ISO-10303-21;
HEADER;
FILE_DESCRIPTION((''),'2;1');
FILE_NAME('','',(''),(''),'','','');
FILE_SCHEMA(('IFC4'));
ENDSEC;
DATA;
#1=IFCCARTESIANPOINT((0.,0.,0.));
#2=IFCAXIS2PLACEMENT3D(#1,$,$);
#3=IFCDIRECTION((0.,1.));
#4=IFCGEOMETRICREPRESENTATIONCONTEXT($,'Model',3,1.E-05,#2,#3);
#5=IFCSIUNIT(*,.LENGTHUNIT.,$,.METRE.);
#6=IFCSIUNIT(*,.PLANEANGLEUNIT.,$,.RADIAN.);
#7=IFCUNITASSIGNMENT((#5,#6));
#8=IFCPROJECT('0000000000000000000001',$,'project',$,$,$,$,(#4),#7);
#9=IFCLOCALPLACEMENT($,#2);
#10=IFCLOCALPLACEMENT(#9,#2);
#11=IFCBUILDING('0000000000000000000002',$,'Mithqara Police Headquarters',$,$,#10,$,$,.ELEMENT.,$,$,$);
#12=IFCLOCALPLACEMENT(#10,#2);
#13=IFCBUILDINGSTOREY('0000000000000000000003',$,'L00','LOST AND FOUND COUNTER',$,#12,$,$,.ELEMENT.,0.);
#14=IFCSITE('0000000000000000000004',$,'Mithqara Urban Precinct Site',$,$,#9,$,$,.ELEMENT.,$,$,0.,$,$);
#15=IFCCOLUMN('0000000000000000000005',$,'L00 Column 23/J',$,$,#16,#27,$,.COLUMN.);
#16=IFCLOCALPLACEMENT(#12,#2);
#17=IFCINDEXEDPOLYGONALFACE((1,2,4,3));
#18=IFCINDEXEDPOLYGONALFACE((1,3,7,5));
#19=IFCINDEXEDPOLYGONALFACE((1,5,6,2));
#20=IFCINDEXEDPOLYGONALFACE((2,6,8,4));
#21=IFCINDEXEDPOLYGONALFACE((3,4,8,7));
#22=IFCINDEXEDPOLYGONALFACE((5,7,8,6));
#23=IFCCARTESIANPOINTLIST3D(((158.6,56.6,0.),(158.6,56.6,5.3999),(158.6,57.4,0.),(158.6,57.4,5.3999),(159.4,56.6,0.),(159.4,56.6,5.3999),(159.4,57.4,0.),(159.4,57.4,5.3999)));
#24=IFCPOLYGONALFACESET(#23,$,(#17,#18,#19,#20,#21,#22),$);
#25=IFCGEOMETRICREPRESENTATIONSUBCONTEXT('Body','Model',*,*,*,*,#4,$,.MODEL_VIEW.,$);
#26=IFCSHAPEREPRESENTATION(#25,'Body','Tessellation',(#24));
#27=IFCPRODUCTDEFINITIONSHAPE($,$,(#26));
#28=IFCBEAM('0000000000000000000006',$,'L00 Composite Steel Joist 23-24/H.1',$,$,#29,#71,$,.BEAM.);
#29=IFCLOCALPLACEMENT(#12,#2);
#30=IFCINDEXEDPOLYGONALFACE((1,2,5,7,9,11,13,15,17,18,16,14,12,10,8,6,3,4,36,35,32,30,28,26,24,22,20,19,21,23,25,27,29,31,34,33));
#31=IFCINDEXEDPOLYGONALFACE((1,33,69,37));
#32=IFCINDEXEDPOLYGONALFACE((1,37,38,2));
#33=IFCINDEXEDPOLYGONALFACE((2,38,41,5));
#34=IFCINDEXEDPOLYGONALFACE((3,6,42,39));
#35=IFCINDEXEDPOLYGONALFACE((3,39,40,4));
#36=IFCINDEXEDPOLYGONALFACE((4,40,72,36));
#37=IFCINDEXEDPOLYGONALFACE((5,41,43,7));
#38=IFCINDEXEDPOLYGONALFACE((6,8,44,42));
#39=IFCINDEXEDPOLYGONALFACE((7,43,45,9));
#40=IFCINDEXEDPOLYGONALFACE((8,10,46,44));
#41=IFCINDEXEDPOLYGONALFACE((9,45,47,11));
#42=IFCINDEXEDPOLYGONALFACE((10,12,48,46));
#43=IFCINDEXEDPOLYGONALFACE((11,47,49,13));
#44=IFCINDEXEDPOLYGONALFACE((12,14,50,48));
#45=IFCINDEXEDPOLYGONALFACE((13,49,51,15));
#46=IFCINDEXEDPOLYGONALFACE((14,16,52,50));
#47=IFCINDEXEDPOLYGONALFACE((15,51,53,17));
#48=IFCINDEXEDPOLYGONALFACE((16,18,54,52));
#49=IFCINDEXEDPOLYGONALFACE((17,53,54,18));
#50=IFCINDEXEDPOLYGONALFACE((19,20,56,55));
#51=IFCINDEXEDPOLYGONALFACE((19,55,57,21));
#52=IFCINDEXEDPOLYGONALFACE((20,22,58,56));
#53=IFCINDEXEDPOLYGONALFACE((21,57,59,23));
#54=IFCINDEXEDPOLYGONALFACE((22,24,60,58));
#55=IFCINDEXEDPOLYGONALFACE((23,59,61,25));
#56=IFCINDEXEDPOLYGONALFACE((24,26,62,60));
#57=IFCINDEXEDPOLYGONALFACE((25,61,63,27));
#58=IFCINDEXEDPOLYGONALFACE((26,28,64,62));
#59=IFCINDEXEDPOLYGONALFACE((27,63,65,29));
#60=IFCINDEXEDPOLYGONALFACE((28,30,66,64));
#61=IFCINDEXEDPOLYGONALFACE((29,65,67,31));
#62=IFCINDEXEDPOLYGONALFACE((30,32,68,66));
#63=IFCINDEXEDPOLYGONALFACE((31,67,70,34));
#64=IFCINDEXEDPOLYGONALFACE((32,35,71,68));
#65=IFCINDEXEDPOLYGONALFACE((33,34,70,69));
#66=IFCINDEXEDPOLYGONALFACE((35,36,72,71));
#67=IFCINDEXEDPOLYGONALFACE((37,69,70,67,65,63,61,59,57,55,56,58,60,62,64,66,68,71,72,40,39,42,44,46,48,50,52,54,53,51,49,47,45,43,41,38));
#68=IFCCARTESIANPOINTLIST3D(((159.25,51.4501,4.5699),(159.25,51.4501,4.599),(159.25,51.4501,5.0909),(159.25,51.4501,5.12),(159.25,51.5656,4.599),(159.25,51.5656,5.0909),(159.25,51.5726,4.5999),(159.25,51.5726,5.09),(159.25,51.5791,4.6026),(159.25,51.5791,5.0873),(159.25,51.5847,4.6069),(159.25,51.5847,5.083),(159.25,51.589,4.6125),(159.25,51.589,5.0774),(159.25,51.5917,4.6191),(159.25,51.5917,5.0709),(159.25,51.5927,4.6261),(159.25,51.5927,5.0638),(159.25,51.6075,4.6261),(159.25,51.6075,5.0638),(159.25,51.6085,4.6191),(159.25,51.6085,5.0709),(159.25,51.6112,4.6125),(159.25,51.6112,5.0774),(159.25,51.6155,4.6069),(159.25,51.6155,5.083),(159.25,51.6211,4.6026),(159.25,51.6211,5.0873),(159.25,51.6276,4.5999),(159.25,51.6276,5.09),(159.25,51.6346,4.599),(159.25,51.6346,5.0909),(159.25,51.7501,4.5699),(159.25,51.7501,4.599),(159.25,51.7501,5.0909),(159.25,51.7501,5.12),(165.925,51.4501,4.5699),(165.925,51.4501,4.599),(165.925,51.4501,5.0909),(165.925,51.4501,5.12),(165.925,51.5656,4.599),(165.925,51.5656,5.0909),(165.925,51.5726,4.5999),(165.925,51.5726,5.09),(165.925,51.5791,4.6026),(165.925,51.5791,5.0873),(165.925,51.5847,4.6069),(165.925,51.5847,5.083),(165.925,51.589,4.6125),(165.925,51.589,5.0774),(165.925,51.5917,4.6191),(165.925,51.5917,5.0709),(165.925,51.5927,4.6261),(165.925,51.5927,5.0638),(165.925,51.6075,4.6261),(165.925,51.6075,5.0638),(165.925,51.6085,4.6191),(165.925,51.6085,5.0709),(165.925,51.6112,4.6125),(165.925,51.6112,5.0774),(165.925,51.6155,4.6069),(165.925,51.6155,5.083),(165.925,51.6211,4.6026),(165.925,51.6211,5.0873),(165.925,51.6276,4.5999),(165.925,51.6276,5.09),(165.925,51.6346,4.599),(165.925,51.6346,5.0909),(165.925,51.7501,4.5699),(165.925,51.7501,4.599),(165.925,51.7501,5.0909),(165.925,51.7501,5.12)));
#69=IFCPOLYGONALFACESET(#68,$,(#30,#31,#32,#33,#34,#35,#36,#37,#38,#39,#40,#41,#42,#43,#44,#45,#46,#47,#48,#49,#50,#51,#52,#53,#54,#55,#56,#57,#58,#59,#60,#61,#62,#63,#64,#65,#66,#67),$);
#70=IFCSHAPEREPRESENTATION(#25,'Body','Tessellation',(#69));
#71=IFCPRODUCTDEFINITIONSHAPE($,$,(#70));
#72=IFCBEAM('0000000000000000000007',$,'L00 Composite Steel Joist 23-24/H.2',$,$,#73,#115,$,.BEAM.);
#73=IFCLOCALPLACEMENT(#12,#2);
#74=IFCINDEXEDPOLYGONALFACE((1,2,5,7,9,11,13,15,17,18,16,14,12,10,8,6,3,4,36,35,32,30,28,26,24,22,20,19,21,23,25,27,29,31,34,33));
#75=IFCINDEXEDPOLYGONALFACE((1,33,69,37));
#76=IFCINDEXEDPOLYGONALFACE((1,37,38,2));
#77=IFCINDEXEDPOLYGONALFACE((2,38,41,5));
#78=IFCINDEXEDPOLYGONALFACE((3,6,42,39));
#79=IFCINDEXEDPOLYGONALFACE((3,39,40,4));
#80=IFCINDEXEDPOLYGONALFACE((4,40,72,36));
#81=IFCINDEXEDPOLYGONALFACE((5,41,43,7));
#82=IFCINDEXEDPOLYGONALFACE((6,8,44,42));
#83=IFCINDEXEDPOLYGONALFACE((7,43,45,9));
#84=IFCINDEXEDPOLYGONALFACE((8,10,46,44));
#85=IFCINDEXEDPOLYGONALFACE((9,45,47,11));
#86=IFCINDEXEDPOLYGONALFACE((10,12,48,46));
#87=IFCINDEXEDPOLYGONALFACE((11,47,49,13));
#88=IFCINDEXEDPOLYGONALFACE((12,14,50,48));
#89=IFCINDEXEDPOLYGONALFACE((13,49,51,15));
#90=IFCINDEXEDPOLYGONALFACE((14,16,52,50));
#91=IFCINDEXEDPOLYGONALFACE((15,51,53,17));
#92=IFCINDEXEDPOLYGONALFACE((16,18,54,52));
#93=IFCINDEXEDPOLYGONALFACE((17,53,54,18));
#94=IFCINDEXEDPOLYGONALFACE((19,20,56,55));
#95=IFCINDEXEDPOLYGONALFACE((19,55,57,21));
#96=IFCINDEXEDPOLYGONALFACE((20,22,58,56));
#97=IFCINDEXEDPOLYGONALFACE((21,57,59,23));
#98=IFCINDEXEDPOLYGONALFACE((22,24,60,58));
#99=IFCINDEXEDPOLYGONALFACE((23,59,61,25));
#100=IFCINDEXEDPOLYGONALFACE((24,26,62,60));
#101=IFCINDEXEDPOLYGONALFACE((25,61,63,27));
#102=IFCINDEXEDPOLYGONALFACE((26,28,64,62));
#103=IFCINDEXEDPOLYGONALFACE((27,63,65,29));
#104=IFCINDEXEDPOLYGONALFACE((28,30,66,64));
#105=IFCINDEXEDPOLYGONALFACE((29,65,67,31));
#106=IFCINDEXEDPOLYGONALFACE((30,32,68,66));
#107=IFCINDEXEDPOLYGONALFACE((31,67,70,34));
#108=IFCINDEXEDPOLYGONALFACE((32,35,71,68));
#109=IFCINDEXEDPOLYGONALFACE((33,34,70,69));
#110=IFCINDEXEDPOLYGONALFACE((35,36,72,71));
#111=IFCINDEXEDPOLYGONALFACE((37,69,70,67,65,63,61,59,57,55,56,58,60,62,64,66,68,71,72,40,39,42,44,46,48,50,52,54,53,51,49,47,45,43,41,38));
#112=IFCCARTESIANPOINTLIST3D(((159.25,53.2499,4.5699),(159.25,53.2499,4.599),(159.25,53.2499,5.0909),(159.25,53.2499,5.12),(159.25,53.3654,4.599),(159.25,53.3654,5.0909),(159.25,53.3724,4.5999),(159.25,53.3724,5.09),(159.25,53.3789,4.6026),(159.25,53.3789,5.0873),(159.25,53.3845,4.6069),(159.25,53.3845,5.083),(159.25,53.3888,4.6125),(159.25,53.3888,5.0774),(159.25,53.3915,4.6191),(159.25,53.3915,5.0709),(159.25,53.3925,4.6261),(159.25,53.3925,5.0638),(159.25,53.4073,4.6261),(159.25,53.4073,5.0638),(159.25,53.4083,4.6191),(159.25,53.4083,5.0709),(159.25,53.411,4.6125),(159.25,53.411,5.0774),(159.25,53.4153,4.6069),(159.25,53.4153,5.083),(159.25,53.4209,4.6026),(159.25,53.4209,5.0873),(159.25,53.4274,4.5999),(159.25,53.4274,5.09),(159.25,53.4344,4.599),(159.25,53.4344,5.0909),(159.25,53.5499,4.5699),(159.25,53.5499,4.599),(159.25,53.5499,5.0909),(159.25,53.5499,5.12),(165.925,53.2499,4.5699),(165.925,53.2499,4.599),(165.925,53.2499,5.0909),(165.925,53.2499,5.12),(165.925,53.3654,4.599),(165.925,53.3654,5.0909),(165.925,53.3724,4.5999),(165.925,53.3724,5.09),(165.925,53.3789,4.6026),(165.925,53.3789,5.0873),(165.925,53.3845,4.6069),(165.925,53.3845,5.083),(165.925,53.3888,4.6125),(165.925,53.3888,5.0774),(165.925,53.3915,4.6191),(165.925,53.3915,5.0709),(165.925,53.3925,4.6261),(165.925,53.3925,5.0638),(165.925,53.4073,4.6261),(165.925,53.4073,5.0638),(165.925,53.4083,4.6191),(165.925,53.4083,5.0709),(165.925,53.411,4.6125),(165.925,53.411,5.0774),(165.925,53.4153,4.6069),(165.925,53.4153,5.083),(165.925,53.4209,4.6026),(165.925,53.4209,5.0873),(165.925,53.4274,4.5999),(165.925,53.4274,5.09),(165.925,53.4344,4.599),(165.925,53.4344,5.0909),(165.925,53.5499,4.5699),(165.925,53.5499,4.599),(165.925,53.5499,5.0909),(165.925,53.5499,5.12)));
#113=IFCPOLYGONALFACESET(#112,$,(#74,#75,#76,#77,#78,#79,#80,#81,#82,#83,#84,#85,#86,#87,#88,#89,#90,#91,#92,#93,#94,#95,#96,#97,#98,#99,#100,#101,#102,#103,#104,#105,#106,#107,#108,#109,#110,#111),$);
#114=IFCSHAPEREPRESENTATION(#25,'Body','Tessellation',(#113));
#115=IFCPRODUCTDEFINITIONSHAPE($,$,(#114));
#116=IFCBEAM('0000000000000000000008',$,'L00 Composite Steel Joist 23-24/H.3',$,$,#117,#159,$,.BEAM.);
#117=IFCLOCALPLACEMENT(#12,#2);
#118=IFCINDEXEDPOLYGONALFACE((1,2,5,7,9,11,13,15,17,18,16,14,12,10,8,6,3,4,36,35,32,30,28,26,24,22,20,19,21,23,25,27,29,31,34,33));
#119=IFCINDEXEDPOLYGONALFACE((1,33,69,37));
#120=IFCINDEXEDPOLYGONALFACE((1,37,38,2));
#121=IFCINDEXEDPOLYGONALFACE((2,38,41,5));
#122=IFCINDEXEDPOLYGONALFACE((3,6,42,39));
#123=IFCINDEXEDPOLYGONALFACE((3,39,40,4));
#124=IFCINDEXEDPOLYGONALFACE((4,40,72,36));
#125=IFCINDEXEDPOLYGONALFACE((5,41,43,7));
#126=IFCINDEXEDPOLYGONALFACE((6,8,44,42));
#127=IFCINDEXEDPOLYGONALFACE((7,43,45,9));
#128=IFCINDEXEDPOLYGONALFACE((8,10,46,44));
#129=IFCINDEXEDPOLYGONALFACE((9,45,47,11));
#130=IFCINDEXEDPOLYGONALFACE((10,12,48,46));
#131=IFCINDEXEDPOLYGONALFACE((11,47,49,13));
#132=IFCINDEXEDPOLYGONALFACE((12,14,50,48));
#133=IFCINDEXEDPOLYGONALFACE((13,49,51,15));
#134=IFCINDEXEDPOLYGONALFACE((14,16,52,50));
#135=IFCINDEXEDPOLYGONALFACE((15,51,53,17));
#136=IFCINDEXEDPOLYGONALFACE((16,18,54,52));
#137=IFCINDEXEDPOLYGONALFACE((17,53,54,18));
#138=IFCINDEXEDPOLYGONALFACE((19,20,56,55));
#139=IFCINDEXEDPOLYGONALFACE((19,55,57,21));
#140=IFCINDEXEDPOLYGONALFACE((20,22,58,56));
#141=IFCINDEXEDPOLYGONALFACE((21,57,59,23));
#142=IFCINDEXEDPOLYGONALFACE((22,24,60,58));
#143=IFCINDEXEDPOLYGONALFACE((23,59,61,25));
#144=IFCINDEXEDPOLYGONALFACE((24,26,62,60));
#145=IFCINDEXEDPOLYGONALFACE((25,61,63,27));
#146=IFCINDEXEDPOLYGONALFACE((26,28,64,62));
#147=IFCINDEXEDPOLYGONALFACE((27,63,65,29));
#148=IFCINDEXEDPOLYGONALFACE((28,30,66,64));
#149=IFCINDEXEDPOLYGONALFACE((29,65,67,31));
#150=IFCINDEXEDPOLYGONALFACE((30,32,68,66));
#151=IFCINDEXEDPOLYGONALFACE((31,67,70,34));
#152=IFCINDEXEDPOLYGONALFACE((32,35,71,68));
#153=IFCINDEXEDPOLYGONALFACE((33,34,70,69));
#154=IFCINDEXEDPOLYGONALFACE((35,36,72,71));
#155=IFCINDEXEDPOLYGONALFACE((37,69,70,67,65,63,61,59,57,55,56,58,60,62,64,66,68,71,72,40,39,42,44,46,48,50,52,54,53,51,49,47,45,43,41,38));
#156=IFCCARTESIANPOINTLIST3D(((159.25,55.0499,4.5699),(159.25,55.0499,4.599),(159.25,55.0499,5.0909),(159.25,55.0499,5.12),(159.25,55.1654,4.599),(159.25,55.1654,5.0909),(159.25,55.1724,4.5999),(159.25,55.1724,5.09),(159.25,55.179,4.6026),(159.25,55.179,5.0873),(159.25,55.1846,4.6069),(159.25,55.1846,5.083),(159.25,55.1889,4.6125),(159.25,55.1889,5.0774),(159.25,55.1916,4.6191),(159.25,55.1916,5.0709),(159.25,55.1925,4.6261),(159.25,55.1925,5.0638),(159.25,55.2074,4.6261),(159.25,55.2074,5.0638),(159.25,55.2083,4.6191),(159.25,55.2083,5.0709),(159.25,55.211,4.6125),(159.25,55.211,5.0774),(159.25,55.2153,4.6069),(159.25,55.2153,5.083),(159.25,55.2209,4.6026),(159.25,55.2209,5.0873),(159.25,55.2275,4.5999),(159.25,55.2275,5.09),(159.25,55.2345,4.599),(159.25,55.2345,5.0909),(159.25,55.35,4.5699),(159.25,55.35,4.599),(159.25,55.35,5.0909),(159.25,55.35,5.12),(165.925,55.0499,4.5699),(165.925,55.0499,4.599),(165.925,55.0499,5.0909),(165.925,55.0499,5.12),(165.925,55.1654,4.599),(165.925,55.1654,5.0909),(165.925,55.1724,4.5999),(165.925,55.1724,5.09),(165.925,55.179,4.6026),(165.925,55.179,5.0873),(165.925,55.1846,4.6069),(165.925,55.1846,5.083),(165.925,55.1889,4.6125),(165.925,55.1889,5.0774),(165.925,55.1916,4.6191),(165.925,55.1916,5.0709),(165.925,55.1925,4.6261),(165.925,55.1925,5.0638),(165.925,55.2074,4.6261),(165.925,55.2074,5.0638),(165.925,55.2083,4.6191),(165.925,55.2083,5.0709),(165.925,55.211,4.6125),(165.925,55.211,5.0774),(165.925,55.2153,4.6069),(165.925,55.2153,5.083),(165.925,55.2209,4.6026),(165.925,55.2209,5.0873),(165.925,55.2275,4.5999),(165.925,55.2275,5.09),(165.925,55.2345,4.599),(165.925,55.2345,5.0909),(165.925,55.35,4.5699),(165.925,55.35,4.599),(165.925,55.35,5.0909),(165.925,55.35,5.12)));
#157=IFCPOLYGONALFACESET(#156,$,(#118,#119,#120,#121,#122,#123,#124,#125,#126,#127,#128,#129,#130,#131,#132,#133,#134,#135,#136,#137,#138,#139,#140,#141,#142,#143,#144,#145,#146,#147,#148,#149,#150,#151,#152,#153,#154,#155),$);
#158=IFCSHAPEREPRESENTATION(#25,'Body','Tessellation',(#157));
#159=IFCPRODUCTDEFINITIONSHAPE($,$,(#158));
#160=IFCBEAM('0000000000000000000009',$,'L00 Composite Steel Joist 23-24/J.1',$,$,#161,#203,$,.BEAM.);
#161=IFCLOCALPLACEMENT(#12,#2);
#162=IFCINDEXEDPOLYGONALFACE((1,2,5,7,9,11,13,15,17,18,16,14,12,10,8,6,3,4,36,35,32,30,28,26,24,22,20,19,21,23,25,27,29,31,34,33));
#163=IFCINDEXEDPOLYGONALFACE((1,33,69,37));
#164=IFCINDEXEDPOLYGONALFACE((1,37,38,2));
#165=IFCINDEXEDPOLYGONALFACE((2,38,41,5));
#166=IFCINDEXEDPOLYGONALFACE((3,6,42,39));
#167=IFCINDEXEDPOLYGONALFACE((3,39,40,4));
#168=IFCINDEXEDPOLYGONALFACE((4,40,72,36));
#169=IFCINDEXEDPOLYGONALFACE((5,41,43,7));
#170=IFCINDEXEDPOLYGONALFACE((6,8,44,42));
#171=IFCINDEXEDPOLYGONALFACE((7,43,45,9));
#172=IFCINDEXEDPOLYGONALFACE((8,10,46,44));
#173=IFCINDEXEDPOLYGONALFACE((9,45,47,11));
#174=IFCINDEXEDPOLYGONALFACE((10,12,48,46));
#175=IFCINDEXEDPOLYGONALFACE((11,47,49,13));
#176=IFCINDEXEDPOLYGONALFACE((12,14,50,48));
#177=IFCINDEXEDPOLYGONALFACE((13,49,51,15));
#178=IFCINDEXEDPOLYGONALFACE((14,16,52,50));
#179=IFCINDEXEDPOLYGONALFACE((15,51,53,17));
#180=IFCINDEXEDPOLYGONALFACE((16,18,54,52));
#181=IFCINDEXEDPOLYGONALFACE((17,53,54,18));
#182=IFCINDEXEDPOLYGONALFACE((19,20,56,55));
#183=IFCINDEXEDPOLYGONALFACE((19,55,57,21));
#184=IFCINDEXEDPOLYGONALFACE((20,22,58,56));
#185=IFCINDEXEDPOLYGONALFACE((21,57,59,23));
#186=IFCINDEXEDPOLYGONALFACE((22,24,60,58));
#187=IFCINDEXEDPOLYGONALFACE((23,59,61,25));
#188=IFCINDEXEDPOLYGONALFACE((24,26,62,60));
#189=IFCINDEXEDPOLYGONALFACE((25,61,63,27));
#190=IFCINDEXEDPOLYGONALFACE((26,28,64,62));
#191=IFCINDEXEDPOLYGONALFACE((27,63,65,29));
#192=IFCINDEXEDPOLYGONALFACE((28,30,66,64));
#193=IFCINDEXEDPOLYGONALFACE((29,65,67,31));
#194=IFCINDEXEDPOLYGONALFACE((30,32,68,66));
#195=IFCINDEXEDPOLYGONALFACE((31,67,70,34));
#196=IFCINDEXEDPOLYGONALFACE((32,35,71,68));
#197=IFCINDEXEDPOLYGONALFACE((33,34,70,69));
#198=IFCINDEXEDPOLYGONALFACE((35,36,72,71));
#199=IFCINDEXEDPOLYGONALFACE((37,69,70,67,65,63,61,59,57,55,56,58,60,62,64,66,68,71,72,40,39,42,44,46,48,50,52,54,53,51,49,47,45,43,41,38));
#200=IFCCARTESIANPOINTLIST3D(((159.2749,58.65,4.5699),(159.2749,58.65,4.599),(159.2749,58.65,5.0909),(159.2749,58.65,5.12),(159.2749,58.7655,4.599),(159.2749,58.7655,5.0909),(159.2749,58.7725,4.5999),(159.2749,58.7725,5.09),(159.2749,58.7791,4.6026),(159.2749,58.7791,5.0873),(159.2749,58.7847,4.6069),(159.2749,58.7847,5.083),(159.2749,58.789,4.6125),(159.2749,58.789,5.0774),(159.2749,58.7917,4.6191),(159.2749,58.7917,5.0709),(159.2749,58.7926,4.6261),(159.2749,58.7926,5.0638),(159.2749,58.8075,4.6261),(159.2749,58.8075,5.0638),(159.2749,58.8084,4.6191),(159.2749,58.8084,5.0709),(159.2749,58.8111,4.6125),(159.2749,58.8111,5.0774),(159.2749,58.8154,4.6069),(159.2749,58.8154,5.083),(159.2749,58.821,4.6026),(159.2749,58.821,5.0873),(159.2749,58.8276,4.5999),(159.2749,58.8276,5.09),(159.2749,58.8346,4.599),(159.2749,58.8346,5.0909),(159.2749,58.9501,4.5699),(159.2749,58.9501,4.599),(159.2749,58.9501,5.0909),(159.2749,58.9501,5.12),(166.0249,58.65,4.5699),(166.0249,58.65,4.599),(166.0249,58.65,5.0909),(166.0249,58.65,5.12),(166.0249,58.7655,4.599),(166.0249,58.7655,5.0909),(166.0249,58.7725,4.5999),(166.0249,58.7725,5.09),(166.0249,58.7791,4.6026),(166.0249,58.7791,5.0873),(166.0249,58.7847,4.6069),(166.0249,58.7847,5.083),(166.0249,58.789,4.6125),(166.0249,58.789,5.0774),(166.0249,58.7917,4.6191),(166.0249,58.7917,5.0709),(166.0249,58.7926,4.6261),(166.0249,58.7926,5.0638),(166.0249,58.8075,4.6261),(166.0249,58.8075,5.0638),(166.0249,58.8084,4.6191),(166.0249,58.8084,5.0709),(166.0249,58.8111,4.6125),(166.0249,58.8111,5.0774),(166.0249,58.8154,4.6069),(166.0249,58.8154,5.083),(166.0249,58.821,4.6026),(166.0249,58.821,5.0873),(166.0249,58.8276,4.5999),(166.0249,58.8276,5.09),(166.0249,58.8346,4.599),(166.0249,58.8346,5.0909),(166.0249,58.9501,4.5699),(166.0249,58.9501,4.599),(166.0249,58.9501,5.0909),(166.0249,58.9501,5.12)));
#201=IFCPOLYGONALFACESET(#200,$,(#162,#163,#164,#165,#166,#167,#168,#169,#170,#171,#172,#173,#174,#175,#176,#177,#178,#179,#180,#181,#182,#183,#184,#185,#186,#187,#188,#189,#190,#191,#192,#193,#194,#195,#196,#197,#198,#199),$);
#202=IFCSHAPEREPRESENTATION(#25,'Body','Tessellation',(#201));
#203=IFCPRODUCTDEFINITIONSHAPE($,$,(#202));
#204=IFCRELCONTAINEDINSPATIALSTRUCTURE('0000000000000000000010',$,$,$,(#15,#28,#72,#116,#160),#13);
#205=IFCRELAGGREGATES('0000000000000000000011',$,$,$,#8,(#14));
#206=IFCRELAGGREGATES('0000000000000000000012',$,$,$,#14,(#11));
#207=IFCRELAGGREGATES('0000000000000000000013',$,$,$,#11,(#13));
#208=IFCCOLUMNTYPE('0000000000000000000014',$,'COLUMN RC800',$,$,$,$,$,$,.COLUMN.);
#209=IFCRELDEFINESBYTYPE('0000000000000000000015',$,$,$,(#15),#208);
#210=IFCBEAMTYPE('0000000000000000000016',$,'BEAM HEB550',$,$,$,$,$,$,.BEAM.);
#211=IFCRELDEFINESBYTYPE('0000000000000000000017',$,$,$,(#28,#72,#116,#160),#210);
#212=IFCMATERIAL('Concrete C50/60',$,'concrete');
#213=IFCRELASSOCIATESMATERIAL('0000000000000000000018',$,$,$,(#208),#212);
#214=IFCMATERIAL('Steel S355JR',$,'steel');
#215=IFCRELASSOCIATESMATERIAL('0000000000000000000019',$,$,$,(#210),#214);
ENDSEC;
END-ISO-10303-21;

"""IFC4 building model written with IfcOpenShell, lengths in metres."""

from ifc_helpers import new_model, si_unit, direction, frame, origin, origin_2d, place, context, subcontext, project, spatial, rectangle, i_section, extrude, material, material_profile, profile_set, type_object, element, save


model = new_model("IFC4")

# Units and contexts
model_context = context("Model", 3, precision=1e-05, world=origin(), true_north=direction((0.0, 1.0)))
body_context = subcontext(model_context, "Body", "Model", "MODEL_VIEW")
ifc_project = project(units=[si_unit("LENGTHUNIT", "METRE"), si_unit("PLANEANGLEUNIT", "RADIAN")], contexts=[model_context])

# Site, building, storey
site_placement = place(None, origin())
site = spatial("IfcSite", under=ifc_project, at=site_placement, Name="Mithqara Urban Precinct Site", CompositionType="ELEMENT", RefElevation=0.0)
building_placement = place(site_placement, origin())
building = spatial("IfcBuilding", under=site, at=building_placement, Name="Mithqara Police Headquarters", CompositionType="ELEMENT")
storey_placement = place(building_placement, origin())
storey = spatial("IfcBuildingStorey", under=building, at=storey_placement, Name="L00", Description="LOST AND FOUND COUNTER", CompositionType="ELEMENT", Elevation=0.0)

# Column
ifc_material_1 = material(Name="Concrete C50/60", Category="concrete")
ifc_material_profile_1 = material_profile(ifc_material_1, rectangle(XDim=0.8, YDim=0.8, at=origin_2d()), Name="RC 800x800")
ifc_profile_set_1 = profile_set([ifc_material_profile_1], Name="Concrete C50/60")
column_type = type_object("IfcColumnType", Name="COLUMN RC800", PredefinedType="COLUMN", material=ifc_profile_set_1)
column_placement = place(storey_placement, frame((159.0, 57.0, 0.0), z_axis=(0.0, 0.0, 1.0), x_axis=(1.0, 0.0, 0.0)))
element("IfcColumn", 1, at=column_placement, inside=storey, type_object=column_type, Name="L00 Column 23/J", PredefinedType="COLUMN", context=body_context, shape_type="SweptSolid", body=[
    extrude(rectangle(XDim=0.8, YDim=0.8, at=origin_2d()), origin(), (0.0, 0.0, 1.0), 5.3999),
])

# Beams
ifc_material_2 = material(Name="Steel S355JR", Category="steel")
ifc_material_profile_2 = material_profile(ifc_material_2, i_section(OverallWidth=0.3, OverallDepth=0.55, WebThickness=0.0149, FlangeThickness=0.0291, FilletRadius=0.0271, at=origin_2d()), Name="HEB 550")
ifc_profile_set_2 = profile_set([ifc_material_profile_2], Name="Steel S355JR")
beam_type_1 = type_object("IfcBeamType", Name="BEAM HEB550", PredefinedType="BEAM", material=ifc_profile_set_2)
for number, where, z_axis, x_axis, name in (
    (2, (159.25, 51.6001, 4.845), (1.0, 0.0, 0.0), (0.0, 1.0, 0.0), "L00 Composite Steel Joist 23-24/H.1"),
    (3, (159.25, 53.3999, 4.845), (1.0, 0.0, 0.0), (0.0, 1.0, 0.0), "L00 Composite Steel Joist 23-24/H.2"),
    (4, (159.25, 55.2, 4.845), (1.0, 0.0, 0.0), (0.0, 1.0, 0.0), "L00 Composite Steel Joist 23-24/H.3"),
):
    element("IfcBeam", number, at=place(storey_placement, frame(where, z_axis=z_axis, x_axis=x_axis)), inside=storey, type_object=beam_type_1, Name=name, PredefinedType="BEAM", context=body_context, shape_type="SweptSolid", body=[
        extrude(i_section(OverallWidth=0.3, OverallDepth=0.55, WebThickness=0.0149, FlangeThickness=0.0291, FilletRadius=0.0271, at=origin_2d()), origin(), (0.0, 0.0, 1.0), 6.675),
    ])
beam_1_placement = place(storey_placement, frame((159.2749, 58.8, 4.845), z_axis=(1.0, 0.0, 0.0), x_axis=(0.0, 1.0, 0.0)))
element("IfcBeam", 5, at=beam_1_placement, inside=storey, type_object=beam_type_1, Name="L00 Composite Steel Joist 23-24/J.1", PredefinedType="BEAM", context=body_context, shape_type="SweptSolid", body=[
    extrude(i_section(OverallWidth=0.3, OverallDepth=0.55, WebThickness=0.0149, FlangeThickness=0.0291, FilletRadius=0.0271, at=origin_2d()), origin(), (0.0, 0.0, 1.0), 6.75),
])

save(model, "model.ifc")
